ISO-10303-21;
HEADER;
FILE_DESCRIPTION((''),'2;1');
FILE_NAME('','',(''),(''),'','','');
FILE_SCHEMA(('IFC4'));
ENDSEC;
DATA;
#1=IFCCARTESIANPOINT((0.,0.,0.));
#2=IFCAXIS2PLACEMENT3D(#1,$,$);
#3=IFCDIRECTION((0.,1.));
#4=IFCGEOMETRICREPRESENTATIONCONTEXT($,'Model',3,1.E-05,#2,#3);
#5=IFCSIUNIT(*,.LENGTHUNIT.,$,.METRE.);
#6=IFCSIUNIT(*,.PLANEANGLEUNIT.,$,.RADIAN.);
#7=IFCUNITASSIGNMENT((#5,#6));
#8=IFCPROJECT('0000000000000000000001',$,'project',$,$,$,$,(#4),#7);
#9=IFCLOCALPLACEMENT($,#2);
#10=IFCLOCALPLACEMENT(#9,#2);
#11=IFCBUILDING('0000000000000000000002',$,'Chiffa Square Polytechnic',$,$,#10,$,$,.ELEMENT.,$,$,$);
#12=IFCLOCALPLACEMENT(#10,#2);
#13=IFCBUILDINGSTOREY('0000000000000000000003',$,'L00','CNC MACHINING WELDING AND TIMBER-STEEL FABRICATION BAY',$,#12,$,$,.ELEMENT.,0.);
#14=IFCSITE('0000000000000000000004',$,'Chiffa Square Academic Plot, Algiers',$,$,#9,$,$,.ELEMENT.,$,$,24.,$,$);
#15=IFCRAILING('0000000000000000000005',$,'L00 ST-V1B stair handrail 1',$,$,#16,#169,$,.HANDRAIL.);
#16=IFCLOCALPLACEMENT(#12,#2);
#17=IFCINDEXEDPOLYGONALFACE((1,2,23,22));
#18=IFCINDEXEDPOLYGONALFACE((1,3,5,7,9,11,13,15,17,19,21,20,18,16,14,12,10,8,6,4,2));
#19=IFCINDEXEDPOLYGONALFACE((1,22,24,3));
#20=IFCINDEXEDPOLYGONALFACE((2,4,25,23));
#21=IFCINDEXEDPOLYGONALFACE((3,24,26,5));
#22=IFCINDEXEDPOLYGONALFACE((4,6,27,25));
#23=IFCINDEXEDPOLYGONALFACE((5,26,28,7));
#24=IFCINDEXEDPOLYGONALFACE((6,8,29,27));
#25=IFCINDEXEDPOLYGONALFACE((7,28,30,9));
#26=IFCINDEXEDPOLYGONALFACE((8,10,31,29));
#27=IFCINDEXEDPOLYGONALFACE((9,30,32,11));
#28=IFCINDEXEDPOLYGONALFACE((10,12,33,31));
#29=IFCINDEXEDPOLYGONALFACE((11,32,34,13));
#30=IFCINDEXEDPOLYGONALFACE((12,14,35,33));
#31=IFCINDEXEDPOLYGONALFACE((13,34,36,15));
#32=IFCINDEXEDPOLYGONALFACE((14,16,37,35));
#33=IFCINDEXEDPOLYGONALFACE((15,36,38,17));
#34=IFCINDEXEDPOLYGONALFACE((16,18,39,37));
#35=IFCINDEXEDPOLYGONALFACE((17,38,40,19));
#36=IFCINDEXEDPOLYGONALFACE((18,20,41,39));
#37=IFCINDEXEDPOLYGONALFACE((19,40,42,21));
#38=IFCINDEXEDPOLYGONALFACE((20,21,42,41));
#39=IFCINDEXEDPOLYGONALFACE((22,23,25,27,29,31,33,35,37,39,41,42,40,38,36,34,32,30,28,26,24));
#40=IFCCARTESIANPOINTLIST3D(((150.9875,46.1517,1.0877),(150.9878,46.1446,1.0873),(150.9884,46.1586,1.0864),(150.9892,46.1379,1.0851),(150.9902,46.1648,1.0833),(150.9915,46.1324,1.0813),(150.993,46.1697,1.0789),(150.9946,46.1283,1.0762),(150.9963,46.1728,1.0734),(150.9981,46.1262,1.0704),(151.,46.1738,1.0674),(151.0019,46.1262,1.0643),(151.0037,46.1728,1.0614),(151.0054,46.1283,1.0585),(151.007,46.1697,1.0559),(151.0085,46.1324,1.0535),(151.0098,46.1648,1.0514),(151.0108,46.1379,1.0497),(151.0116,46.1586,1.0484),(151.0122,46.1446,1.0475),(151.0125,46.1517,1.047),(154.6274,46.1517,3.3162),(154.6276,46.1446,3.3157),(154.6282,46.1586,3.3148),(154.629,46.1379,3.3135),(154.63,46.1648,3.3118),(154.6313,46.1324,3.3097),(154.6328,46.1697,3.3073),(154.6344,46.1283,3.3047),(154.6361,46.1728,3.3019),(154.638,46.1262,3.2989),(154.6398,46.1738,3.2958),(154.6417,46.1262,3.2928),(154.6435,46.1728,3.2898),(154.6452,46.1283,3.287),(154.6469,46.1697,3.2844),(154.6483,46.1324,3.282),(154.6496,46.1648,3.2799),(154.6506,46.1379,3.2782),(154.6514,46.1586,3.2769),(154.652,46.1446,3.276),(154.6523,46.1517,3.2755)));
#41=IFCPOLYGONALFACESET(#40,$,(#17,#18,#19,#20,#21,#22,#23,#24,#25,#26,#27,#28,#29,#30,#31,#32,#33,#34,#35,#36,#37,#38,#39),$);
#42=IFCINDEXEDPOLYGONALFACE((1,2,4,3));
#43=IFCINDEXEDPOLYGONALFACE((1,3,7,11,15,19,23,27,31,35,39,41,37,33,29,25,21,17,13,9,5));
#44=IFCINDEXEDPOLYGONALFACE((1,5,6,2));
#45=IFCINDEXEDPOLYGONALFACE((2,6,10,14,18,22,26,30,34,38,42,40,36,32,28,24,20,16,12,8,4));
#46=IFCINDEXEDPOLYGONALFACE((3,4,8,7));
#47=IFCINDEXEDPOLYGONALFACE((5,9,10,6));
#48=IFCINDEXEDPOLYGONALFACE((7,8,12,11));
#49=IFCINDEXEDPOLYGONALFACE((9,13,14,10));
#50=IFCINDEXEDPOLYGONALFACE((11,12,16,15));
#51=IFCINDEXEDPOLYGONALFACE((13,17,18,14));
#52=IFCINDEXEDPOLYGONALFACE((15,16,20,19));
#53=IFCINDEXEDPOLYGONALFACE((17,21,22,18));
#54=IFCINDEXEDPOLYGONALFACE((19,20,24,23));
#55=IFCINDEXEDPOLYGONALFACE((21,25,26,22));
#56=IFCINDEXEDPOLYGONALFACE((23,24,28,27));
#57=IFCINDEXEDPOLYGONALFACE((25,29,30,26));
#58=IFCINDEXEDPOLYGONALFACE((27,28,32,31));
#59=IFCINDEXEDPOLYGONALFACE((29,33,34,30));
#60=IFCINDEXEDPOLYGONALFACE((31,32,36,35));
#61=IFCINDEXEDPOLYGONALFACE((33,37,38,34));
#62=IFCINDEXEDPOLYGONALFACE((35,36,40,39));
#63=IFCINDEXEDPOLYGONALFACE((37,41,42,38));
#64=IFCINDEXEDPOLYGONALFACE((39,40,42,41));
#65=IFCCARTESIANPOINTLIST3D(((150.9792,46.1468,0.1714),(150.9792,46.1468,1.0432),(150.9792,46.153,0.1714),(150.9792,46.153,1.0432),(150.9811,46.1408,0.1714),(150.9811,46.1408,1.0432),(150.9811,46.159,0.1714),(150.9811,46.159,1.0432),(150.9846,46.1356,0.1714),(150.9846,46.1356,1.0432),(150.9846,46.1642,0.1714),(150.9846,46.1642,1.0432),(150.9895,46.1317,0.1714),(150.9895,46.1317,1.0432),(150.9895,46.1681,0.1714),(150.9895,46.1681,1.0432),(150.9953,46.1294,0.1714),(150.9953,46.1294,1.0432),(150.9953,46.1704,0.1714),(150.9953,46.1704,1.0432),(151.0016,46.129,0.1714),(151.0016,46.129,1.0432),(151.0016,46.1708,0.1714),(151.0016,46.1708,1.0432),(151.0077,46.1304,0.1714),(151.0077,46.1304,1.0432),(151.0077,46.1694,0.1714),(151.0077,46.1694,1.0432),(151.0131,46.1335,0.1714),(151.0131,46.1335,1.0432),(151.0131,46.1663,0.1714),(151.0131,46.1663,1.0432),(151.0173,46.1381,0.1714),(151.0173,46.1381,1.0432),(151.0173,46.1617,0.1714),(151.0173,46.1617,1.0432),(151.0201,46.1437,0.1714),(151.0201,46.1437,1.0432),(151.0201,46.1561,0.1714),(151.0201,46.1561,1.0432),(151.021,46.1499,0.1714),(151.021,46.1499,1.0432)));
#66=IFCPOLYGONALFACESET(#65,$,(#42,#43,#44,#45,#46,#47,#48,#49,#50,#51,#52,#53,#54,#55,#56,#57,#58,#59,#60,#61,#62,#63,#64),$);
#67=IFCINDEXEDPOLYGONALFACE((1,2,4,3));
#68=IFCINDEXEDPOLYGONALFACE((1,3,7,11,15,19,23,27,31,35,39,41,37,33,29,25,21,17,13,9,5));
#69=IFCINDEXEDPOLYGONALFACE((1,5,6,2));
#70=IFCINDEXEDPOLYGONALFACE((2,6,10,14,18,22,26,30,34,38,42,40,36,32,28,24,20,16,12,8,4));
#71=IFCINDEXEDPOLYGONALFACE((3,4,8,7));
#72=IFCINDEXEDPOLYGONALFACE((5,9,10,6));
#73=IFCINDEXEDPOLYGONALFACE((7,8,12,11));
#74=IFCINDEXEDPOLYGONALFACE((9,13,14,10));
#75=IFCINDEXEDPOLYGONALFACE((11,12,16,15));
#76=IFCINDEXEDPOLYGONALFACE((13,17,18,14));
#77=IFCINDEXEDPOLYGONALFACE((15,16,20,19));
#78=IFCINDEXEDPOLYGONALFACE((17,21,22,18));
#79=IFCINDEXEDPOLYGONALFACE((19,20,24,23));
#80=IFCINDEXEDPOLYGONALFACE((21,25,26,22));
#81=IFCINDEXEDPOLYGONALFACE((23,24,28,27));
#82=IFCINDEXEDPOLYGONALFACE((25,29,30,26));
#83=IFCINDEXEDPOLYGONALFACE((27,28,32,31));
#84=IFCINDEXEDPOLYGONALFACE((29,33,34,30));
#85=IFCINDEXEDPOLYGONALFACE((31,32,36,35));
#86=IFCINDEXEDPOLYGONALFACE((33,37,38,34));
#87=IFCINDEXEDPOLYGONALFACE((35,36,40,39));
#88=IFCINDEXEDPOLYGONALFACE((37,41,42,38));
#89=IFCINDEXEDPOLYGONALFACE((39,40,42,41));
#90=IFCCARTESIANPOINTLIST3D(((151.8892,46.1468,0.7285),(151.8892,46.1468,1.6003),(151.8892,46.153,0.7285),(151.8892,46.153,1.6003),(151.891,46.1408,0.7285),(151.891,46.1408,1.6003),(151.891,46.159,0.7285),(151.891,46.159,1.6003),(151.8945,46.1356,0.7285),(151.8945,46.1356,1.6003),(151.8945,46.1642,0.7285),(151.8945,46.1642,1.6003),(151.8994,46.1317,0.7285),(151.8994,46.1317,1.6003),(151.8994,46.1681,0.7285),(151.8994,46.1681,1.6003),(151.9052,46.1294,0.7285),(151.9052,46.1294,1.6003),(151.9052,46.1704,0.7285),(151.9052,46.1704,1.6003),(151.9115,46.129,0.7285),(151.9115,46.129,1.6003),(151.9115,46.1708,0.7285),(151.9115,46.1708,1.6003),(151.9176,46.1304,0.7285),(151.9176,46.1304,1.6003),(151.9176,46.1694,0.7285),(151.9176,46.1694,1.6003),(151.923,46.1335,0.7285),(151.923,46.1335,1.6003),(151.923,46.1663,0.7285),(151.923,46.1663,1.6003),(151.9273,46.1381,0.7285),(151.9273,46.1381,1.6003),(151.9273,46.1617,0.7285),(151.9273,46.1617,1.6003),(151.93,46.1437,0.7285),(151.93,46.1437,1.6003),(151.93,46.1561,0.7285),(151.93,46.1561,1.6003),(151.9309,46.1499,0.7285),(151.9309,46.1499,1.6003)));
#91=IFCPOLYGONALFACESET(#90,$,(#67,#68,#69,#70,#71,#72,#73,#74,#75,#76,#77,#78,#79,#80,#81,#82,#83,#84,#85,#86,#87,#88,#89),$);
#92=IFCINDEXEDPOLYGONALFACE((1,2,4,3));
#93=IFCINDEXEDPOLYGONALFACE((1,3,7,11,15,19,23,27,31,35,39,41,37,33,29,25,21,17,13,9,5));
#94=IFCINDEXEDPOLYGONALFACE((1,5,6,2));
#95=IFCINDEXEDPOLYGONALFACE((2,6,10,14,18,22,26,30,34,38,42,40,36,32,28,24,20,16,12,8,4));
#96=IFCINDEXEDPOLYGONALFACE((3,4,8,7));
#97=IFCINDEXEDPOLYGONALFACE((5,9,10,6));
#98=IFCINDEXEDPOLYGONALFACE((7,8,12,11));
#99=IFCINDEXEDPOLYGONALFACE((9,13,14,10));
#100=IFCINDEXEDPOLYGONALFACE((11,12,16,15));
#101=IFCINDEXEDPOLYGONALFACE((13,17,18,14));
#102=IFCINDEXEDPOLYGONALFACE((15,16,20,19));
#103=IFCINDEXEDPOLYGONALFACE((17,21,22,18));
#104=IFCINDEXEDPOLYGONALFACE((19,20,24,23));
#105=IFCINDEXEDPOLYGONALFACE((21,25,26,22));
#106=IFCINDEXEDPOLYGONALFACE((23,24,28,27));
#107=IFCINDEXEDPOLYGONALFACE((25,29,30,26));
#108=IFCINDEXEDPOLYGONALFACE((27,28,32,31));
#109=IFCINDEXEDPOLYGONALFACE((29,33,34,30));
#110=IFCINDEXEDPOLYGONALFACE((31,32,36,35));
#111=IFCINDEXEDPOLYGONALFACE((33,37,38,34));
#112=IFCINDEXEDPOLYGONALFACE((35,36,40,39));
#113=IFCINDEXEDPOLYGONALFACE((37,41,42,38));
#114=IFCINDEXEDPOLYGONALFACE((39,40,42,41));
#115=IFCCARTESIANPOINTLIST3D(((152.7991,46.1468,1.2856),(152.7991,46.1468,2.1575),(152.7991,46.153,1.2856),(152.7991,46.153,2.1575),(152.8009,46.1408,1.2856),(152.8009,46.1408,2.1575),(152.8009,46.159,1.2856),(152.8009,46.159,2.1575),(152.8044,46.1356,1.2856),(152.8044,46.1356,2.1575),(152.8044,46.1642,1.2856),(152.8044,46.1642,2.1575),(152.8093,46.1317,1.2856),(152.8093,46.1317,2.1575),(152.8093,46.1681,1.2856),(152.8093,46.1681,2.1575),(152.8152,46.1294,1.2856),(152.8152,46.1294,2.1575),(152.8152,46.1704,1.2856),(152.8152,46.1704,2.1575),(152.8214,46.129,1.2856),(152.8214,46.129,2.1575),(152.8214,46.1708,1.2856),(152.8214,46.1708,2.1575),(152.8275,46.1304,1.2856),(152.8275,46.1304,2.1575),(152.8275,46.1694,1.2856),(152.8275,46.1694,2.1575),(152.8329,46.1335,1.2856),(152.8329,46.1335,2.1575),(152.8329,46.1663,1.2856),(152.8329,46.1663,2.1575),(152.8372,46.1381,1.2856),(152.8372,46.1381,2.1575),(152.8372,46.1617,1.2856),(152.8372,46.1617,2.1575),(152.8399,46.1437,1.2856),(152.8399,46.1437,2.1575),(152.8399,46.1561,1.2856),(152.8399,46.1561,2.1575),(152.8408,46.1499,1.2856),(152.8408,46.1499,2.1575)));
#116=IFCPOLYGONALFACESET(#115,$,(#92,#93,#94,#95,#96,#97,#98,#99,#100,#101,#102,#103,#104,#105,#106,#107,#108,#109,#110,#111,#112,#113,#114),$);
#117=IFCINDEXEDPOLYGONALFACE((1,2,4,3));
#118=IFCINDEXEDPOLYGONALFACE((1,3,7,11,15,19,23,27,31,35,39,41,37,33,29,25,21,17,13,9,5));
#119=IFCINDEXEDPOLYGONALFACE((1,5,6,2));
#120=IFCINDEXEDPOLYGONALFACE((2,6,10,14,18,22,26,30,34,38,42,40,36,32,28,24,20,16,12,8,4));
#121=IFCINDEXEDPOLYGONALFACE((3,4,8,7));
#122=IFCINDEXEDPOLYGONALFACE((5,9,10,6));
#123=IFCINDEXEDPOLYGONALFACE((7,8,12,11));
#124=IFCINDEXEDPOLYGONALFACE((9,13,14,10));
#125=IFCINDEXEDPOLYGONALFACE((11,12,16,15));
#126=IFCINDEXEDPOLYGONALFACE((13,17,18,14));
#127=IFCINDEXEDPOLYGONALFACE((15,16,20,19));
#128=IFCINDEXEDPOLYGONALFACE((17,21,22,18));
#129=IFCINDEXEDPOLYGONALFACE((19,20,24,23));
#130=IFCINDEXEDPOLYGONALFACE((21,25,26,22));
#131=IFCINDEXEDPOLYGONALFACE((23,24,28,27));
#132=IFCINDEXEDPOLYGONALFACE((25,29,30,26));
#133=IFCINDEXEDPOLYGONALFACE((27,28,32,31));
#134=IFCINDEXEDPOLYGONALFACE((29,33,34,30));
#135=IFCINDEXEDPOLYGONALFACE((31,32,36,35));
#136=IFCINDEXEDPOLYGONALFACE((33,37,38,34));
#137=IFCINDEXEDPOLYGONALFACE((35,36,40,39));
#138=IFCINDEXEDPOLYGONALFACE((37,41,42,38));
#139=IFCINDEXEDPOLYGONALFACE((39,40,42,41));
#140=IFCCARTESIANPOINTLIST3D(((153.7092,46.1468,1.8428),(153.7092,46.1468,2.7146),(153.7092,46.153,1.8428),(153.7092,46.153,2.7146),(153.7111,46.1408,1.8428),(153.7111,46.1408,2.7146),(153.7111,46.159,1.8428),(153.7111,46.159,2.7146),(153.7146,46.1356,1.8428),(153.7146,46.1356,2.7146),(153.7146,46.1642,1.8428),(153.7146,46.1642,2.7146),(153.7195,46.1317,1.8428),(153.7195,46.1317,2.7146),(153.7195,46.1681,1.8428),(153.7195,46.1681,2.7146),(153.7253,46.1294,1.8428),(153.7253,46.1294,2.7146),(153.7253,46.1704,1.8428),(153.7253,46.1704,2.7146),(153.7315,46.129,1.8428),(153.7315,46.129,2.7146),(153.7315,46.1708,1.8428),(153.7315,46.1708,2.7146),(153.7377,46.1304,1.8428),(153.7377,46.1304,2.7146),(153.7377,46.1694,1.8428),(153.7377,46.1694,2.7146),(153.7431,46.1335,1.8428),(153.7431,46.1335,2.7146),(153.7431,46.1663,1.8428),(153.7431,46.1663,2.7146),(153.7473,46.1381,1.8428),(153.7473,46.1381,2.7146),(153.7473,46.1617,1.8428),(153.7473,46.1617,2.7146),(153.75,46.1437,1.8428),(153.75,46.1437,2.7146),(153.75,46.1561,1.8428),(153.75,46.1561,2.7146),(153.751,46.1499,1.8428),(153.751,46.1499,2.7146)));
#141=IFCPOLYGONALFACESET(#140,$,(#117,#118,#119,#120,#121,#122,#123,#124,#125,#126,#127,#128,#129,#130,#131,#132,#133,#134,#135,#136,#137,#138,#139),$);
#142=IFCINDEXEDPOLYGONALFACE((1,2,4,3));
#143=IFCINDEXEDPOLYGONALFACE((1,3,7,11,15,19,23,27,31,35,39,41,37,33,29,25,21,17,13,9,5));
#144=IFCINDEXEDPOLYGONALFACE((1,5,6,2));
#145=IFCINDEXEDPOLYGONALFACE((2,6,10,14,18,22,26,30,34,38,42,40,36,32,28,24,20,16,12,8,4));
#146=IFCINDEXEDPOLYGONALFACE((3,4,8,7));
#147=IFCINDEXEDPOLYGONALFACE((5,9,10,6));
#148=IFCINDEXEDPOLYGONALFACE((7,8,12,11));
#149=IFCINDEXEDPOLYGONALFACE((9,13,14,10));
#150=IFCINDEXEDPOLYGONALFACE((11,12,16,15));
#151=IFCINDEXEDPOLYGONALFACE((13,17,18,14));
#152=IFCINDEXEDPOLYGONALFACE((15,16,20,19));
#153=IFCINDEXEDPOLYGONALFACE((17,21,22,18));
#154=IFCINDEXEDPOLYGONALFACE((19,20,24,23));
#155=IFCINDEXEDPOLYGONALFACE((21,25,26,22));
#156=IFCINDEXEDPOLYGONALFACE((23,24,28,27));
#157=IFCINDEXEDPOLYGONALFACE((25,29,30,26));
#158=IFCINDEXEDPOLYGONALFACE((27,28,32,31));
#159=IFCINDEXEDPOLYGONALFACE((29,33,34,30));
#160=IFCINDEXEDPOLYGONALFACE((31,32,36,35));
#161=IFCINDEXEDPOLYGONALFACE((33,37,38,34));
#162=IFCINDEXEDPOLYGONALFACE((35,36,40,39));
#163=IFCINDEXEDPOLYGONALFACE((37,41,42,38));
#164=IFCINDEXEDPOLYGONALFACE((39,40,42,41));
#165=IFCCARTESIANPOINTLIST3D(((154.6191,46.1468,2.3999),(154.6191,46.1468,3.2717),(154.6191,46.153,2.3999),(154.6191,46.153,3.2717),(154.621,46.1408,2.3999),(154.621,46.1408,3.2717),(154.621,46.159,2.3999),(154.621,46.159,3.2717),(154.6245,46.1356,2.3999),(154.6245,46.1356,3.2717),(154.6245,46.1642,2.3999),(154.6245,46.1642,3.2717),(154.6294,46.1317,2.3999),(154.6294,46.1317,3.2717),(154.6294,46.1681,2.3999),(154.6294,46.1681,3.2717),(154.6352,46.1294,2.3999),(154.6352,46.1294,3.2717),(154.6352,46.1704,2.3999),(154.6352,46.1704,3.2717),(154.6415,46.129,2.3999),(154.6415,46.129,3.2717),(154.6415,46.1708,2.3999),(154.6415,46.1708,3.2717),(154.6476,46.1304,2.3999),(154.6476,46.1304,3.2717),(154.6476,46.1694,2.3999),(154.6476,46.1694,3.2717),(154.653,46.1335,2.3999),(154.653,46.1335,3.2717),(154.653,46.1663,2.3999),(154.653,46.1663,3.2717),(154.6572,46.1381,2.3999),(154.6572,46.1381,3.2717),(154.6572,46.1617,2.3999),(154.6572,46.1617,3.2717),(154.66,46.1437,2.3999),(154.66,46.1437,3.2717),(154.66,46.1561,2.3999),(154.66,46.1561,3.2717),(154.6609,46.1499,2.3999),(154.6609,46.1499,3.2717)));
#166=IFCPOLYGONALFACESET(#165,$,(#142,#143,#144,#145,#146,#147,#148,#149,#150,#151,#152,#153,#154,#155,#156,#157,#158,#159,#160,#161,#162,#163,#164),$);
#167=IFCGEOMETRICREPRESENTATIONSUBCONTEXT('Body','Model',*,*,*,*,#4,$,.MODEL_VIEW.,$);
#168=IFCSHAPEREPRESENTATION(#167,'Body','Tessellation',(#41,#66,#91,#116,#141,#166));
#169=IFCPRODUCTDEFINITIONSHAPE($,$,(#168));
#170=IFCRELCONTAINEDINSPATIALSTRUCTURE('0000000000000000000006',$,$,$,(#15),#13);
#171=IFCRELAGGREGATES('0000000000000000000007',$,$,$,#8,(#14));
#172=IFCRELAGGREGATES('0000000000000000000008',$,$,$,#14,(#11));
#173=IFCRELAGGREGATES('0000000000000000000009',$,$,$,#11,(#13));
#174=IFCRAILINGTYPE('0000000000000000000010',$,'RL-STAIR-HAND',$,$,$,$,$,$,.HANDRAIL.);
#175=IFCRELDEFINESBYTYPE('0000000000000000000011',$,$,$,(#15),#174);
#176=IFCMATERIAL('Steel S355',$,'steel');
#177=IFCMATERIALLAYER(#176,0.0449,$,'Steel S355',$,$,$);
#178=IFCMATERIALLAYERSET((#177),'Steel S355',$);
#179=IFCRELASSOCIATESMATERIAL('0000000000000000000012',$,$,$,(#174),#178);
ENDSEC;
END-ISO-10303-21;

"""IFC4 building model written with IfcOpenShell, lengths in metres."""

from ifc_helpers import new_model, si_unit, direction, frame, origin, origin_2d, place, context, subcontext, project, spatial, circle, extrude, material, layer, layer_set, type_object, element, save


model = new_model("IFC4")

# Units and contexts
model_context = context("Model", 3, precision=1e-05, world=origin(), true_north=direction((0.0, 1.0)))
body_context = subcontext(model_context, "Body", "Model", "MODEL_VIEW")
ifc_project = project(units=[si_unit("LENGTHUNIT", "METRE"), si_unit("PLANEANGLEUNIT", "RADIAN")], contexts=[model_context])

# Site, building, storey
site_placement = place(None, origin())
site = spatial("IfcSite", under=ifc_project, at=site_placement, Name="Chiffa Square Academic Plot, Algiers", CompositionType="ELEMENT", RefElevation=24.0)
building_placement = place(site_placement, origin())
building = spatial("IfcBuilding", under=site, at=building_placement, Name="Chiffa Square Polytechnic", CompositionType="ELEMENT")
storey_placement = place(building_placement, origin())
storey = spatial("IfcBuildingStorey", under=building, at=storey_placement, Name="L00", Description="CNC MACHINING WELDING AND TIMBER-STEEL FABRICATION BAY", CompositionType="ELEMENT", Elevation=0.0)

# Railing
ifc_material_1 = material(Name="Steel S355", Category="steel")
ifc_layer_1 = layer(ifc_material_1, 0.0449, Name="Steel S355")
ifc_layer_set_1 = layer_set([ifc_layer_1], Name="Steel S355")
railing_type_1 = type_object("IfcRailingType", Name="RL-STAIR-HAND", PredefinedType="HANDRAIL", material=ifc_layer_set_1)
railing_1_placement = place(storey_placement, frame((151.0, 46.1499, 0.1714)))
element("IfcRailing", 1, at=railing_1_placement, inside=storey, type_object=railing_type_1, Name="L00 ST-V1B stair handrail 1", PredefinedType="HANDRAIL", context=body_context, shape_type="SweptSolid", body=[
    extrude(circle(Radius=0.0239, at=origin_2d()), frame((0.0, 0.0, 0.896), z_axis=(0.85285, 0.0, 0.522156), x_axis=(0.0, 1.0, 0.0)), (0.0, 0.0, 1.0), 4.2678),
    extrude(circle(Radius=0.021, at=origin_2d()), origin(), (0.0, 0.0, 1.0), 0.8718),
    extrude(circle(Radius=0.021, at=origin_2d()), frame((0.9099, 0.0, 0.5571)), (0.0, 0.0, 1.0), 0.8718),
    extrude(circle(Radius=0.021, at=origin_2d()), frame((1.8198, 0.0, 1.1143)), (0.0, 0.0, 1.0), 0.8718),
    extrude(circle(Radius=0.021, at=origin_2d()), frame((2.73, 0.0, 1.6714)), (0.0, 0.0, 1.0), 0.8718),
    extrude(circle(Radius=0.021, at=origin_2d()), frame((3.6399, 0.0, 2.2285)), (0.0, 0.0, 1.0), 0.8718),
])

save(model, "model.ifc")
